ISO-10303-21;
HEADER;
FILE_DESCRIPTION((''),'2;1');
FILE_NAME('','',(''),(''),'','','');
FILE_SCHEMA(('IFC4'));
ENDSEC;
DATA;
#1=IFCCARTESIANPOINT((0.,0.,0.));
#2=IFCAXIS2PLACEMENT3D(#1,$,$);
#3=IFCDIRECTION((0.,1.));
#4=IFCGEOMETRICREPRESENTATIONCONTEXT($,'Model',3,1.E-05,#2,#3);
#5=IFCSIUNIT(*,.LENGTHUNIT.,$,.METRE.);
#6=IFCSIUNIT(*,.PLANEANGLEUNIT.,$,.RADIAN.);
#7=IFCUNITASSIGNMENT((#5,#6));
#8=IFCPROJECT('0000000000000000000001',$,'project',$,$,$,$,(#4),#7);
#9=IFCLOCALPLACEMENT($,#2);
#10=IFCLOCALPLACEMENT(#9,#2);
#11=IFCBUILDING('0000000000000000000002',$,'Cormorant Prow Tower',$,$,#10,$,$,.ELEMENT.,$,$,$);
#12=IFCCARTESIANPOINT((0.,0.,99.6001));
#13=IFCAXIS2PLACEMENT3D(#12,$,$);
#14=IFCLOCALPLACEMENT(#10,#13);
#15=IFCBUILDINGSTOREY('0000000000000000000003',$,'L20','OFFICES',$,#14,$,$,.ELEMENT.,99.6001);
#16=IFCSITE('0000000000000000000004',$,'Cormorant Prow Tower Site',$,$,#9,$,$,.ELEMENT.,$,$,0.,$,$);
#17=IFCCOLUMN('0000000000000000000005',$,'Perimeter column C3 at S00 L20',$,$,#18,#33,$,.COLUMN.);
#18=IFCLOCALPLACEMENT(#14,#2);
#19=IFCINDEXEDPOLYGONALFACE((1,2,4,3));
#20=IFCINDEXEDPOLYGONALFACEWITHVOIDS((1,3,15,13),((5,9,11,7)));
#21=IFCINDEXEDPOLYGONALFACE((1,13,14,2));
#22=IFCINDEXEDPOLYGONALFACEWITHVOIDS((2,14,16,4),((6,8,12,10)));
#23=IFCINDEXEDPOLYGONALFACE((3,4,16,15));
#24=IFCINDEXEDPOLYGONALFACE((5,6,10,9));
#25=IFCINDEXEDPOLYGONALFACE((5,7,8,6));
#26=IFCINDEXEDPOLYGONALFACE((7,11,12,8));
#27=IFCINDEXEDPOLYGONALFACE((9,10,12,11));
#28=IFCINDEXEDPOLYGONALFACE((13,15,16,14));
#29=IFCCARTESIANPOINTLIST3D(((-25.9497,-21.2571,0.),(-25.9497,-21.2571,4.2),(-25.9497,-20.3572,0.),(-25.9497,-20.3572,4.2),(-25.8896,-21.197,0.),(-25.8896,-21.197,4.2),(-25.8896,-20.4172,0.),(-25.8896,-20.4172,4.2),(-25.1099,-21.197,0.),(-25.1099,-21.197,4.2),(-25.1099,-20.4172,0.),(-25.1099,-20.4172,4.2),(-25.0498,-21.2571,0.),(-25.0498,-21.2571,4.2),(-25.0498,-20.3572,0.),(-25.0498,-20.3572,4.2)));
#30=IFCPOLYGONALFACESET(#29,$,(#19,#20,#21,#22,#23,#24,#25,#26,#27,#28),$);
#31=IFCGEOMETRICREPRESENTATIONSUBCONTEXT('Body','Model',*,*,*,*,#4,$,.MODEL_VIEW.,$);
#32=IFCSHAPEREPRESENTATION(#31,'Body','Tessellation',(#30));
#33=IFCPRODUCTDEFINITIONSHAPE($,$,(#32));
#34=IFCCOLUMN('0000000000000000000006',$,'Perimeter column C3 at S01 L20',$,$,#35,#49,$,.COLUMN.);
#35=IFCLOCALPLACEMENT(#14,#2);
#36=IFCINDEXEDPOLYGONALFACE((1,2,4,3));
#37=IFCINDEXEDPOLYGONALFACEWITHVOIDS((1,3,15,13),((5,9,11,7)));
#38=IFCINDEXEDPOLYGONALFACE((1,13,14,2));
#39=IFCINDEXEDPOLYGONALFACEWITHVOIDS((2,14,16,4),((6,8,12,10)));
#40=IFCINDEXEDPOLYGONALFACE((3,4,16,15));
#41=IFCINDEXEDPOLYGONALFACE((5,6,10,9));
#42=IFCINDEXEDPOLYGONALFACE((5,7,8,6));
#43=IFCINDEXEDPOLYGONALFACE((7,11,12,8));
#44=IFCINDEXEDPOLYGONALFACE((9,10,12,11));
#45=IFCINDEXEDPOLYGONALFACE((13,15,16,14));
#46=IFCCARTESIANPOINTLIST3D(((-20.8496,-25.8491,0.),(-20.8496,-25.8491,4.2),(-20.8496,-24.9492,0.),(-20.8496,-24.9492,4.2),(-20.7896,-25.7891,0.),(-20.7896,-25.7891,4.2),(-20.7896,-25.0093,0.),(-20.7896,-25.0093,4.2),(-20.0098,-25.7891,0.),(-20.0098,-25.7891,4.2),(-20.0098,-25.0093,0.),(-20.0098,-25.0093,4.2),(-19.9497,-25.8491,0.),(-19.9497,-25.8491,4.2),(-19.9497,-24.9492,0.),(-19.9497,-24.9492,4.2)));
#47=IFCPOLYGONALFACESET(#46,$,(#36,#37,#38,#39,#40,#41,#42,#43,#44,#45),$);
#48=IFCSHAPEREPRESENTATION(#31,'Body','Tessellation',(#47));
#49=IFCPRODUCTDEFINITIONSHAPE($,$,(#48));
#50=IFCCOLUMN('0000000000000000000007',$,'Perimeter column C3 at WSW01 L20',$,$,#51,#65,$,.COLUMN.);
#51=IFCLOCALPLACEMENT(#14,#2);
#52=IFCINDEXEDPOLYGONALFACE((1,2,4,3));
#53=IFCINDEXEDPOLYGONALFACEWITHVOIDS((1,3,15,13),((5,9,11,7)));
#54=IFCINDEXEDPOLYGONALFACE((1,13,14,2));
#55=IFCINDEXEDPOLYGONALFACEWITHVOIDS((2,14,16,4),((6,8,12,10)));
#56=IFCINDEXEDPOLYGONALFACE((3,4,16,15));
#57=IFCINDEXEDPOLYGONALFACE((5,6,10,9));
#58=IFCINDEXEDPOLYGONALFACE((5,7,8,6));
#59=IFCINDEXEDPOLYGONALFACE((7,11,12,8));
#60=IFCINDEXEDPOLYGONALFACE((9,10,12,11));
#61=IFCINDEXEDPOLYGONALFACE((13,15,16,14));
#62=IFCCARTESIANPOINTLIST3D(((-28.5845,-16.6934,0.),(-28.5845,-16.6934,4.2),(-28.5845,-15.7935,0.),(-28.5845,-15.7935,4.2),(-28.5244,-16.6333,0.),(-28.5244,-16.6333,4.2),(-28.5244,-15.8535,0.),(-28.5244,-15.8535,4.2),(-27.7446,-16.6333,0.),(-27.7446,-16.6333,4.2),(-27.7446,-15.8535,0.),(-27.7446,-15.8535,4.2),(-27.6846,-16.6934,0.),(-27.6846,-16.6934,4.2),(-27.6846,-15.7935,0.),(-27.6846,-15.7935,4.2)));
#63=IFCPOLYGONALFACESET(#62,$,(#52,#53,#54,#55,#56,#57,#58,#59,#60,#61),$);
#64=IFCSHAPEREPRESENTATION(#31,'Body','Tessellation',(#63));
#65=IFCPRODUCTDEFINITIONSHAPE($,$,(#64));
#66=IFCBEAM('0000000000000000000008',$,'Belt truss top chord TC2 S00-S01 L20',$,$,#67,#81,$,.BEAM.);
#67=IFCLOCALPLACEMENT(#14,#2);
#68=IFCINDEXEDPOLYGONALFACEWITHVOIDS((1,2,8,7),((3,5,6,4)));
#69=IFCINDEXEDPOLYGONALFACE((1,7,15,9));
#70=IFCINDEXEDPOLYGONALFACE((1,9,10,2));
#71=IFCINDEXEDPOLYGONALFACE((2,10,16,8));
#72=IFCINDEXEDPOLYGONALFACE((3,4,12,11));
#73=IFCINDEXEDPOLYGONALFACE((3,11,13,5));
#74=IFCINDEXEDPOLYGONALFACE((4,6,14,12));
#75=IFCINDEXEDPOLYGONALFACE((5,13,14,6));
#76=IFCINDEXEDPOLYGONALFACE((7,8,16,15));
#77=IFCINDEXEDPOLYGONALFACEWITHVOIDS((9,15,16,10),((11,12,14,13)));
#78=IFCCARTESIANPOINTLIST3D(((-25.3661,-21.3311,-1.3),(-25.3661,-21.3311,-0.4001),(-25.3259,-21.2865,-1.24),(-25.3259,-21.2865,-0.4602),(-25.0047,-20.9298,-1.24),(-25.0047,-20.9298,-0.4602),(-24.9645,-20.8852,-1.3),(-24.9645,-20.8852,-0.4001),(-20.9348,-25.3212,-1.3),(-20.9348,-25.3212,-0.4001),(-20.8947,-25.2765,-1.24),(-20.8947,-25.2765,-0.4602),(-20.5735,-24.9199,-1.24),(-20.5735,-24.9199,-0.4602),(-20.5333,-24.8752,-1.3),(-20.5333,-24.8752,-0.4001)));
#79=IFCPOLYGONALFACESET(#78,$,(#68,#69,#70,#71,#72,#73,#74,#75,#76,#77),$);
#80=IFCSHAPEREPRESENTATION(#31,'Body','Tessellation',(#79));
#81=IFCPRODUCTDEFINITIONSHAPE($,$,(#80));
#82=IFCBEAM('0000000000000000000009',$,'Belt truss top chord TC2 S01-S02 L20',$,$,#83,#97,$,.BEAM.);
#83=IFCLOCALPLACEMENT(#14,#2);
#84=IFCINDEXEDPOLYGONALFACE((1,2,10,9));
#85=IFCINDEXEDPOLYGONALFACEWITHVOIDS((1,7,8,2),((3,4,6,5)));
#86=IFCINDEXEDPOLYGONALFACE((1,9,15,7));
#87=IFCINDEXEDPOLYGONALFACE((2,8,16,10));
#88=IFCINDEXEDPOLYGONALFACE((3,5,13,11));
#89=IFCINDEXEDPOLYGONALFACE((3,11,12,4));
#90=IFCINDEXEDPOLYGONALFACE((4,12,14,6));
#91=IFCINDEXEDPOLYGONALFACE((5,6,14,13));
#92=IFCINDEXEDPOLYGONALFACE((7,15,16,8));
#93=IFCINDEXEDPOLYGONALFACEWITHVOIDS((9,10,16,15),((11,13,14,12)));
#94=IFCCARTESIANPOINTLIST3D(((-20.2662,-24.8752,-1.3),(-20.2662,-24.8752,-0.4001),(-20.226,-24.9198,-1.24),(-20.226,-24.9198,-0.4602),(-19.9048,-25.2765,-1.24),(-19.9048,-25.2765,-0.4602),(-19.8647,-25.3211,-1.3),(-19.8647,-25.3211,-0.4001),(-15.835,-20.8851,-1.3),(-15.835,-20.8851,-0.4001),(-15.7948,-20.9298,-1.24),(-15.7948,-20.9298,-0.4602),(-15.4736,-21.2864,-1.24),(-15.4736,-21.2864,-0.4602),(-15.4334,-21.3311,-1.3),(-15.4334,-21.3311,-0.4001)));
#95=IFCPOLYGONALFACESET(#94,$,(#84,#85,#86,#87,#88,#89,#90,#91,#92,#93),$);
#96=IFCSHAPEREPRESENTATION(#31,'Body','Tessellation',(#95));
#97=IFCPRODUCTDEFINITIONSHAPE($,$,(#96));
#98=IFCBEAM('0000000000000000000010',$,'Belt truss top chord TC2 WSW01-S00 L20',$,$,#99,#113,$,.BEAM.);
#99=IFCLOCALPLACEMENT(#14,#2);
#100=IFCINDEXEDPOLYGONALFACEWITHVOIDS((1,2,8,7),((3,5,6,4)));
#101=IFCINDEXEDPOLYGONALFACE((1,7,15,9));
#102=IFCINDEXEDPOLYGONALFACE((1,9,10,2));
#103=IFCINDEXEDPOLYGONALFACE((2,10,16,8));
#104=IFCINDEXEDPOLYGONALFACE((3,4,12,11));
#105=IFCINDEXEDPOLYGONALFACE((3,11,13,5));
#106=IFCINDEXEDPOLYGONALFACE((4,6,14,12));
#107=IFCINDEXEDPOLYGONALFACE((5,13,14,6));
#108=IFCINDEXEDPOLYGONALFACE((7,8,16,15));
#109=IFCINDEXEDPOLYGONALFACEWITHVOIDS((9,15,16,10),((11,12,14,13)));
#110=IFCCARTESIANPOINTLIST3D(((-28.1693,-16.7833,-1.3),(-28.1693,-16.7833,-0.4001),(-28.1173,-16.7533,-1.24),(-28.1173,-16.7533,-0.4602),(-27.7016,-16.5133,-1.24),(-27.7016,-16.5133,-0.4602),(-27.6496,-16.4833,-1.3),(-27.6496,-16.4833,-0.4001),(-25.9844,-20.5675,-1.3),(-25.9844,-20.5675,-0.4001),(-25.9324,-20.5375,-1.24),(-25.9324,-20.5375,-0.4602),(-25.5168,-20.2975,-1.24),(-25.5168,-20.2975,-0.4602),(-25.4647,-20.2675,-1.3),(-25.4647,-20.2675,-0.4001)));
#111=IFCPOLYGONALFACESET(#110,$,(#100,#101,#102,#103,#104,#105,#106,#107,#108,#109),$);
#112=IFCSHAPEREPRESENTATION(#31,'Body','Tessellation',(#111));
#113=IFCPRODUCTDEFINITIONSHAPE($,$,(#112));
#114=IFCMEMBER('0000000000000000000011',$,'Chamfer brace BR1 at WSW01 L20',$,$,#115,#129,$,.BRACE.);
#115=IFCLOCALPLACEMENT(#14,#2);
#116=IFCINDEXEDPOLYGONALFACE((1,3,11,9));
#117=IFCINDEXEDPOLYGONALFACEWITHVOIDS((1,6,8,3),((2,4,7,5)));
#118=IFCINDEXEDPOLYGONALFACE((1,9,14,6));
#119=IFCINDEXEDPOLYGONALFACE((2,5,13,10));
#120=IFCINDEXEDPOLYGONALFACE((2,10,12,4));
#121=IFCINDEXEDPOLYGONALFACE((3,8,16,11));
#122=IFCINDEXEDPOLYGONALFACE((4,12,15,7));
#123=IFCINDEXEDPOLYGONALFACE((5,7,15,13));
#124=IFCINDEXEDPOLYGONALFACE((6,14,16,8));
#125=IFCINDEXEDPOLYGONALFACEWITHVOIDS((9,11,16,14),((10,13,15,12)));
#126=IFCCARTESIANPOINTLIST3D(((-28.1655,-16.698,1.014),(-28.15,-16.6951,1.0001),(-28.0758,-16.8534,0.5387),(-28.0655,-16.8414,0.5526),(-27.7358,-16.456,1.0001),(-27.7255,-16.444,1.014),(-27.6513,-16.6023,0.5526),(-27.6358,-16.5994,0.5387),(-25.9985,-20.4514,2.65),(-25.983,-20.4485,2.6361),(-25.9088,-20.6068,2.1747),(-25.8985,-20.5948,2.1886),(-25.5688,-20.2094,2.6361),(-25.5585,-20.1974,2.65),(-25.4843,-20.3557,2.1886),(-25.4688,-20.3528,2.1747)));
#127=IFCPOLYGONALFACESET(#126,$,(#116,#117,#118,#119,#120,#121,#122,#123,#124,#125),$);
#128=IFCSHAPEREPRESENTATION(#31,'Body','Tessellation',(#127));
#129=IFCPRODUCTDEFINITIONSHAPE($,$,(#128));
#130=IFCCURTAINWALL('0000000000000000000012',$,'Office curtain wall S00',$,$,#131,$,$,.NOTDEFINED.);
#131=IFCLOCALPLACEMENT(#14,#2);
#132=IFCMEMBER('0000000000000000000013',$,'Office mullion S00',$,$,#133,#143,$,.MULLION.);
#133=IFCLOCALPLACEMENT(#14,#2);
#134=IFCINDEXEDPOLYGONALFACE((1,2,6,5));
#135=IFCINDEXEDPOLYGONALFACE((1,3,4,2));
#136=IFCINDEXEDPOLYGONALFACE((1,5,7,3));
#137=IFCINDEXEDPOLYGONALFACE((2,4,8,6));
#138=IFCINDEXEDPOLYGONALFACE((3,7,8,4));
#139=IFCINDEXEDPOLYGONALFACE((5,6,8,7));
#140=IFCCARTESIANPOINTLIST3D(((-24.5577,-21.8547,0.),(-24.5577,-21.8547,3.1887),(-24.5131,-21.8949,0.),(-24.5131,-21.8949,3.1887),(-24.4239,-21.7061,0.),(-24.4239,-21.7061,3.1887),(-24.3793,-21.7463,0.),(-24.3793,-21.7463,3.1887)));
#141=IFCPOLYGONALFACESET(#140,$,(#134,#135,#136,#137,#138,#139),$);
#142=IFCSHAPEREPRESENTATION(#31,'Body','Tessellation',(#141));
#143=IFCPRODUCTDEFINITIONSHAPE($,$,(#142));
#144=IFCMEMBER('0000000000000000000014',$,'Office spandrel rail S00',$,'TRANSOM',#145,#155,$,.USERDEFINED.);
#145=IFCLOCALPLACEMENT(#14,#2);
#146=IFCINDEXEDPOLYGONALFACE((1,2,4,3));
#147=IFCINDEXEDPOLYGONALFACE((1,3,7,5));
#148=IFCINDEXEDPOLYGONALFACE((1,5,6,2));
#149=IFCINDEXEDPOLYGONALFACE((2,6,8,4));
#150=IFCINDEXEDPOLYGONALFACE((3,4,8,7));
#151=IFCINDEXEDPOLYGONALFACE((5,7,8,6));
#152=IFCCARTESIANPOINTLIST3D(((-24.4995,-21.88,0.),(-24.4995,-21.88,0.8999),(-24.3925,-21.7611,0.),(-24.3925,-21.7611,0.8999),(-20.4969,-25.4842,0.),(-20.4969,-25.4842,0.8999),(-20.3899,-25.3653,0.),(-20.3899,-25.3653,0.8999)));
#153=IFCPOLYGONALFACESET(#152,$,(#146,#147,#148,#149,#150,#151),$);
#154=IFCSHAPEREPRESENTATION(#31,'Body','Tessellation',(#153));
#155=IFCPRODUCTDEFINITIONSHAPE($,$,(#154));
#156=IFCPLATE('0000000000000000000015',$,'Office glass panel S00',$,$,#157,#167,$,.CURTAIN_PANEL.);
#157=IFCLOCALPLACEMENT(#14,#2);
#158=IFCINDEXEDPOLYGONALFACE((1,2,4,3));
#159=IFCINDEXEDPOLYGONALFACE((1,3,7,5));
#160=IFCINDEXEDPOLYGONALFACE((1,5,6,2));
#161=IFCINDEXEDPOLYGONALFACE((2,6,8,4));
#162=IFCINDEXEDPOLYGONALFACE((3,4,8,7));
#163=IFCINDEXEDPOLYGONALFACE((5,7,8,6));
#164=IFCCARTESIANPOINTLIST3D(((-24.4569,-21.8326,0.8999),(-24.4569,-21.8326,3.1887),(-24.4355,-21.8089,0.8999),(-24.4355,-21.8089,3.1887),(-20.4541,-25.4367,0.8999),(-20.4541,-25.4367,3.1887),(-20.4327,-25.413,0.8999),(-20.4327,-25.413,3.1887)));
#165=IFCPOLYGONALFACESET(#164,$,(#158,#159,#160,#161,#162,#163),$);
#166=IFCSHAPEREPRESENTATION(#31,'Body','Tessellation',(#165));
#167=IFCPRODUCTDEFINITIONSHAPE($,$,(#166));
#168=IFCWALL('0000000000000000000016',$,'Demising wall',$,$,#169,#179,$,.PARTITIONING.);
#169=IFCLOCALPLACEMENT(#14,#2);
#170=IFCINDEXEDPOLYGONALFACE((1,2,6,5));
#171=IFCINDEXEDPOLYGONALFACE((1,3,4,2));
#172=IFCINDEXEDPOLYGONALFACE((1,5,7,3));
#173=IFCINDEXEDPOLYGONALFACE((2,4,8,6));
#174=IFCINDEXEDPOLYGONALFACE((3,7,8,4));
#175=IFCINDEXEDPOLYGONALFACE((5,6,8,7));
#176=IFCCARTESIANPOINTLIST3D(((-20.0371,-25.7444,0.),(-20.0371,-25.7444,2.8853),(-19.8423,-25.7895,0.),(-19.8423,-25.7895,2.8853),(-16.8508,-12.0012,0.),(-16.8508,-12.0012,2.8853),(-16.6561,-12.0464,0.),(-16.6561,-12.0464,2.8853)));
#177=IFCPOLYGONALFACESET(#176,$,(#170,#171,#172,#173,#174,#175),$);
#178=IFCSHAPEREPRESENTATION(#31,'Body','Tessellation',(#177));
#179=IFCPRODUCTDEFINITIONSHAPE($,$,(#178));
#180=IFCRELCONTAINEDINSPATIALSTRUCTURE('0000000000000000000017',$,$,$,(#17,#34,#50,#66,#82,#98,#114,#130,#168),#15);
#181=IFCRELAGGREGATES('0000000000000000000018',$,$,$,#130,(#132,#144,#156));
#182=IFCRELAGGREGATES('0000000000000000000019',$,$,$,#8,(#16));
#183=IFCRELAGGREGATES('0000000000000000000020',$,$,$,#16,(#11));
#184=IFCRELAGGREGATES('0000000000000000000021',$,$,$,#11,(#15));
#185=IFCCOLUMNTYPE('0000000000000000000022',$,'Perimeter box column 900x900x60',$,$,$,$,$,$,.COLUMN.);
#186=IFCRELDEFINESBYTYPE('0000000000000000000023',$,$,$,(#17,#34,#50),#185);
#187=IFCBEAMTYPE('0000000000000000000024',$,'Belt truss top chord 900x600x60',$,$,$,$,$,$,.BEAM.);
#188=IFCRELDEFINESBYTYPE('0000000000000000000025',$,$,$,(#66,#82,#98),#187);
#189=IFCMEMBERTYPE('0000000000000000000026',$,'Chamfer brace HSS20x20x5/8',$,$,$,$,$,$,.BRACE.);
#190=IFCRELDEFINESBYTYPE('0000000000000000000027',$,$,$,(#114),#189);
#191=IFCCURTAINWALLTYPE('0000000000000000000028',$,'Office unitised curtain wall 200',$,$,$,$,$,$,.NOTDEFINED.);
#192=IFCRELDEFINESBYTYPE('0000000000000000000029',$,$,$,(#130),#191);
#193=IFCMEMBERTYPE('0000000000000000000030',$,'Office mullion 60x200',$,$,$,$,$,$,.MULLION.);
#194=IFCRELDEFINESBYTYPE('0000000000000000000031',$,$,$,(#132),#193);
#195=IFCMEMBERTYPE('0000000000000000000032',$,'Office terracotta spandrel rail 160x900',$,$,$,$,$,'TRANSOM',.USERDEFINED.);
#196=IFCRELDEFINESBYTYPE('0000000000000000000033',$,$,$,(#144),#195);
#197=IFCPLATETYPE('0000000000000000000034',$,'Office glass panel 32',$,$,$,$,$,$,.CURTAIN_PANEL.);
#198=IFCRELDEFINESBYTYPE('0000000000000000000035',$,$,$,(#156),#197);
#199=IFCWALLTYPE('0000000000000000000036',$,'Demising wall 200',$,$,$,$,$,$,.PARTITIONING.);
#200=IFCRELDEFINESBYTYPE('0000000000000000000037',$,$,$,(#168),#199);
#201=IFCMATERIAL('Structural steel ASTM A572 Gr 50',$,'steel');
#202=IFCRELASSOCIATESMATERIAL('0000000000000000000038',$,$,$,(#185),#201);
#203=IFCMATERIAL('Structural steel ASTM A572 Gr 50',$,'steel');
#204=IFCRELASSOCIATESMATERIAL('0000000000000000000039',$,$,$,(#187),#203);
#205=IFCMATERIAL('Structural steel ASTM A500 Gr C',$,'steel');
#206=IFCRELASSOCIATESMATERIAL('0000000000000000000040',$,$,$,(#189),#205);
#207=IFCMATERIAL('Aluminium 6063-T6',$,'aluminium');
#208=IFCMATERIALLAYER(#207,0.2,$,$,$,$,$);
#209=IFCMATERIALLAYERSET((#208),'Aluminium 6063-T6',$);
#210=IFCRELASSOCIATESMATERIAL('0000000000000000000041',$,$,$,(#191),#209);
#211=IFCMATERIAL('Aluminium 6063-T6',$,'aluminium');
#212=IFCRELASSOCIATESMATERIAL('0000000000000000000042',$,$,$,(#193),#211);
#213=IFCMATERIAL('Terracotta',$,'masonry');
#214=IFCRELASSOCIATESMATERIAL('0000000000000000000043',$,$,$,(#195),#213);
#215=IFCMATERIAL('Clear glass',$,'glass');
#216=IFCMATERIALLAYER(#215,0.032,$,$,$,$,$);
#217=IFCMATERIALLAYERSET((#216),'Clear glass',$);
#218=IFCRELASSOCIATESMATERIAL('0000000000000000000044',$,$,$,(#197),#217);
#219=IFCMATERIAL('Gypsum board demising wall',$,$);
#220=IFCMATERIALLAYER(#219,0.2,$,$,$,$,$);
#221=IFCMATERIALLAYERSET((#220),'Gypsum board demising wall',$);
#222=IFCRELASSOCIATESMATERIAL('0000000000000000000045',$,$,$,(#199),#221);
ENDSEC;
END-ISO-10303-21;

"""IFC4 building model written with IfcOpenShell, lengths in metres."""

from ifc_helpers import new_model, si_unit, direction, frame, frame_2d, origin, origin_2d, place, context, subcontext, project, spatial, rectangle, hollow_rectangle, extrude, material, layer, layer_set, material_profile, profile_set, type_object, element, aggregate, save


model = new_model("IFC4")

# Units and contexts
model_context = context("Model", 3, precision=1e-05, world=origin(), true_north=direction((0.0, 1.0)))
body_context = subcontext(model_context, "Body", "Model", "MODEL_VIEW")
ifc_project = project(units=[si_unit("LENGTHUNIT", "METRE"), si_unit("PLANEANGLEUNIT", "RADIAN")], contexts=[model_context])

# Site, building, storey
site_placement = place(None, origin())
site = spatial("IfcSite", under=ifc_project, at=site_placement, Name="Cormorant Prow Tower Site", CompositionType="ELEMENT", RefElevation=0.0)
building_placement = place(site_placement, origin())
building = spatial("IfcBuilding", under=site, at=building_placement, Name="Cormorant Prow Tower", CompositionType="ELEMENT")
storey_placement = place(building_placement, frame((0.0, 0.0, 99.6001)))
storey = spatial("IfcBuildingStorey", under=building, at=storey_placement, Name="L20", Description="OFFICES", CompositionType="ELEMENT", Elevation=99.6001)

# Columns
ifc_material_1 = material(Name="Structural steel ASTM A572 Gr 50", Category="steel")
ifc_material_profile_1 = material_profile(ifc_material_1, hollow_rectangle(XDim=0.8999, YDim=0.8999, WallThickness=0.0601, at=origin_2d()), Name="Box 900x900x60")
ifc_profile_set_1 = profile_set([ifc_material_profile_1], Name="Structural steel ASTM A572 Gr 50")
column_type = type_object("IfcColumnType", Name="Perimeter box column 900x900x60", PredefinedType="COLUMN", material=ifc_profile_set_1)
for number, where, z_axis, x_axis, name in (
    (1, (-25.4998, -20.8071, 0.0), (0.0, 0.0, 1.0), (1.0, 0.0, 0.0), "Perimeter column C3 at S00 L20"),
    (2, (-20.3997, -25.3992, 0.0), (0.0, 0.0, 1.0), (1.0, 0.0, 0.0), "Perimeter column C3 at S01 L20"),
    (3, (-28.1345, -16.2434, 0.0), (0.0, 0.0, 1.0), (1.0, 0.0, 0.0), "Perimeter column C3 at WSW01 L20"),
):
    element("IfcColumn", number, at=place(storey_placement, frame(where, z_axis=z_axis, x_axis=x_axis)), inside=storey, type_object=column_type, Name=name, PredefinedType="COLUMN", context=body_context, shape_type="SweptSolid", body=[
        extrude(hollow_rectangle(XDim=0.8999, YDim=0.8999, WallThickness=0.0601, at=origin_2d()), origin(), (0.0, 0.0, 1.0), 4.2),
    ])

# Beams
ifc_material_2 = material(Name="Structural steel ASTM A572 Gr 50", Category="steel")
ifc_material_profile_2 = material_profile(ifc_material_2, hollow_rectangle(XDim=0.6001, YDim=0.8999, WallThickness=0.0601, at=origin_2d()), Name="Box 900x600x60")
ifc_profile_set_2 = profile_set([ifc_material_profile_2], Name="Structural steel ASTM A572 Gr 50")
beam_type = type_object("IfcBeamType", Name="Belt truss top chord 900x600x60", PredefinedType="BEAM", material=ifc_profile_set_2)
for number, where, z_axis, x_axis, name in (
    (4, (-25.1653, -21.1082, -0.8501), (0.743131, -0.669146, 0.0), (0.669146, 0.743131, 0.0), "Belt truss top chord TC2 S00-S01 L20"),
    (5, (-20.0654, -25.0981, -0.8501), (0.743131, 0.669146, 0.0), (-0.669146, 0.743131, 0.0), "Belt truss top chord TC2 S01-S02 L20"),
):
    element("IfcBeam", number, at=place(storey_placement, frame(where, z_axis=z_axis, x_axis=x_axis)), inside=storey, type_object=beam_type, Name=name, PredefinedType="BEAM", context=body_context, shape_type="SweptSolid", body=[
        extrude(hollow_rectangle(XDim=0.6001, YDim=0.8999, WallThickness=0.0601, at=origin_2d()), origin(), (0.0, 0.0, 1.0), 5.9629),
    ])
beam_placement = place(storey_placement, frame((-27.9094, -16.6333, -0.8501), z_axis=(0.500003, -0.866024, 0.0), x_axis=(0.866024, 0.500003, 0.0)))
element("IfcBeam", 6, at=beam_placement, inside=storey, type_object=beam_type, Name="Belt truss top chord TC2 WSW01-S00 L20", PredefinedType="BEAM", context=body_context, shape_type="SweptSolid", body=[
    extrude(hollow_rectangle(XDim=0.6001, YDim=0.8999, WallThickness=0.0601, at=origin_2d()), origin(), (0.0, 0.0, 1.0), 4.3696),
])

# Member
ifc_material_3 = material(Name="Structural steel ASTM A500 Gr C", Category="steel")
ifc_material_profile_3 = material_profile(ifc_material_3, hollow_rectangle(XDim=0.5081, YDim=0.5081, WallThickness=0.0149, at=origin_2d()), Name="HSS20x20x5/8")
ifc_profile_set_3 = profile_set([ifc_material_profile_3], Name="Structural steel ASTM A500 Gr C")
member_type_1 = type_object("IfcMemberType", Name="Chamfer brace HSS20x20x5/8", PredefinedType="BRACE", material=ifc_profile_set_3)
member_1_placement = place(storey_placement, frame((-27.9006, -16.6487, 0.7764), z_axis=(0.467776, -0.810228, 0.353151), x_axis=(0.86603, 0.499992, 0.0)))
element("IfcMember", 7, at=member_1_placement, inside=storey, type_object=member_type_1, Name="Chamfer brace BR1 at WSW01 L20", PredefinedType="BRACE", context=body_context, shape_type="SweptSolid", body=[
    extrude(hollow_rectangle(XDim=0.5081, YDim=0.5081, WallThickness=0.0149, at=origin_2d()), origin(), (0.0, 0.0, 1.0), 4.6326),
])

# Curtain wall, members, plate
ifc_material_4 = material(Name="Aluminium 6063-T6", Category="aluminium")
ifc_layer_1 = layer(ifc_material_4, 0.2)
ifc_layer_set_1 = layer_set([ifc_layer_1], Name="Aluminium 6063-T6")
curtain_wall_type = type_object("IfcCurtainWallType", Name="Office unitised curtain wall 200", PredefinedType="NOTDEFINED", material=ifc_layer_set_1)
curtain_wall_placement = place(storey_placement, origin())
curtain_wall = element("IfcCurtainWall", 8, at=curtain_wall_placement, inside=storey, type_object=curtain_wall_type, Name="Office curtain wall S00", PredefinedType="NOTDEFINED")
ifc_material_5 = material(Name="Aluminium 6063-T6", Category="aluminium")
ifc_material_profile_4 = material_profile(ifc_material_5, rectangle(XDim=0.2, YDim=0.0601, at=origin_2d()), Name="Office mullion 60x200")
ifc_profile_set_4 = profile_set([ifc_material_profile_4], Name="Aluminium 6063-T6")
member_type_2 = type_object("IfcMemberType", Name="Office mullion 60x200", PredefinedType="MULLION", material=ifc_profile_set_4)
member_2_placement = place(storey_placement, frame((-24.4685, -21.8005, 0.0), z_axis=(0.0, 0.0, 1.0), x_axis=(0.669131, 0.743145, 0.0)))
member_2 = element("IfcMember", 9, at=member_2_placement, type_object=member_type_2, Name="Office mullion S00", PredefinedType="MULLION", context=body_context, shape_type="SweptSolid", body=[
    extrude(rectangle(XDim=0.2, YDim=0.0601, at=origin_2d()), origin(), (0.0, 0.0, 1.0), 3.1887),
])
ifc_material_6 = material(Name="Terracotta", Category="masonry")
ifc_material_profile_5 = material_profile(ifc_material_6, rectangle(XDim=0.1599, YDim=0.8999, at=origin_2d()), Name="Office terracotta spandrel rail 160x900")
ifc_profile_set_5 = profile_set([ifc_material_profile_5], Name="Terracotta")
member_type_3 = type_object("IfcMemberType", Name="Office terracotta spandrel rail 160x900", ElementType="TRANSOM", PredefinedType="USERDEFINED", material=ifc_profile_set_5)
member_3_placement = place(storey_placement, frame((-24.446, -21.8206, 0.45), z_axis=(0.743125, -0.669153, 0.0), x_axis=(0.669153, 0.743125, 0.0)))
member_3 = element("IfcMember", 10, at=member_3_placement, type_object=member_type_3, Name="Office spandrel rail S00", ObjectType="TRANSOM", PredefinedType="USERDEFINED", context=body_context, shape_type="SweptSolid", body=[
    extrude(rectangle(XDim=0.1599, YDim=0.8999, at=origin_2d()), origin(), (0.0, 0.0, 1.0), 5.3862),
])
ifc_material_7 = material(Name="Clear glass", Category="glass")
ifc_layer_2 = layer(ifc_material_7, 0.032)
ifc_layer_set_2 = layer_set([ifc_layer_2], Name="Clear glass")
plate_type = type_object("IfcPlateType", Name="Office glass panel 32", PredefinedType="CURTAIN_PANEL", material=ifc_layer_set_2)
plate_placement = place(storey_placement, frame((-22.4448, -23.6228, 0.8999), z_axis=(0.0, 0.0, 1.0), x_axis=(0.743145, -0.669131, 0.0)))
plate = element("IfcPlate", 11, at=plate_placement, type_object=plate_type, Name="Office glass panel S00", PredefinedType="CURTAIN_PANEL", context=body_context, shape_type="SweptSolid", body=[
    extrude(rectangle(XDim=5.3862, YDim=0.032, at=origin_2d()), origin(), (0.0, 0.0, 1.0), 2.2888),
])
aggregate(curtain_wall, [member_2, member_3, plate])

# Wall
ifc_material_8 = material(Name="Gypsum board demising wall")
ifc_layer_3 = layer(ifc_material_8, 0.2)
ifc_layer_set_3 = layer_set([ifc_layer_3], Name="Gypsum board demising wall")
wall_type_1 = type_object("IfcWallType", Name="Demising wall 200", PredefinedType="PARTITIONING", material=ifc_layer_set_3)
wall_1_placement = place(storey_placement, frame((-19.9397, -25.7668, 0.0), z_axis=(0.0, 0.0, 1.0), x_axis=(0.225854, 0.974161, 0.0)))
element("IfcWall", 12, at=wall_1_placement, inside=storey, type_object=wall_type_1, Name="Demising wall", PredefinedType="PARTITIONING", context=body_context, shape_type="SweptSolid", body=[
    extrude(rectangle(XDim=14.1077, YDim=0.2, at=frame_2d((7.0537, 0.0))), origin(), (0.0, 0.0, 1.0), 2.8853),
])

save(model, "model.ifc")
